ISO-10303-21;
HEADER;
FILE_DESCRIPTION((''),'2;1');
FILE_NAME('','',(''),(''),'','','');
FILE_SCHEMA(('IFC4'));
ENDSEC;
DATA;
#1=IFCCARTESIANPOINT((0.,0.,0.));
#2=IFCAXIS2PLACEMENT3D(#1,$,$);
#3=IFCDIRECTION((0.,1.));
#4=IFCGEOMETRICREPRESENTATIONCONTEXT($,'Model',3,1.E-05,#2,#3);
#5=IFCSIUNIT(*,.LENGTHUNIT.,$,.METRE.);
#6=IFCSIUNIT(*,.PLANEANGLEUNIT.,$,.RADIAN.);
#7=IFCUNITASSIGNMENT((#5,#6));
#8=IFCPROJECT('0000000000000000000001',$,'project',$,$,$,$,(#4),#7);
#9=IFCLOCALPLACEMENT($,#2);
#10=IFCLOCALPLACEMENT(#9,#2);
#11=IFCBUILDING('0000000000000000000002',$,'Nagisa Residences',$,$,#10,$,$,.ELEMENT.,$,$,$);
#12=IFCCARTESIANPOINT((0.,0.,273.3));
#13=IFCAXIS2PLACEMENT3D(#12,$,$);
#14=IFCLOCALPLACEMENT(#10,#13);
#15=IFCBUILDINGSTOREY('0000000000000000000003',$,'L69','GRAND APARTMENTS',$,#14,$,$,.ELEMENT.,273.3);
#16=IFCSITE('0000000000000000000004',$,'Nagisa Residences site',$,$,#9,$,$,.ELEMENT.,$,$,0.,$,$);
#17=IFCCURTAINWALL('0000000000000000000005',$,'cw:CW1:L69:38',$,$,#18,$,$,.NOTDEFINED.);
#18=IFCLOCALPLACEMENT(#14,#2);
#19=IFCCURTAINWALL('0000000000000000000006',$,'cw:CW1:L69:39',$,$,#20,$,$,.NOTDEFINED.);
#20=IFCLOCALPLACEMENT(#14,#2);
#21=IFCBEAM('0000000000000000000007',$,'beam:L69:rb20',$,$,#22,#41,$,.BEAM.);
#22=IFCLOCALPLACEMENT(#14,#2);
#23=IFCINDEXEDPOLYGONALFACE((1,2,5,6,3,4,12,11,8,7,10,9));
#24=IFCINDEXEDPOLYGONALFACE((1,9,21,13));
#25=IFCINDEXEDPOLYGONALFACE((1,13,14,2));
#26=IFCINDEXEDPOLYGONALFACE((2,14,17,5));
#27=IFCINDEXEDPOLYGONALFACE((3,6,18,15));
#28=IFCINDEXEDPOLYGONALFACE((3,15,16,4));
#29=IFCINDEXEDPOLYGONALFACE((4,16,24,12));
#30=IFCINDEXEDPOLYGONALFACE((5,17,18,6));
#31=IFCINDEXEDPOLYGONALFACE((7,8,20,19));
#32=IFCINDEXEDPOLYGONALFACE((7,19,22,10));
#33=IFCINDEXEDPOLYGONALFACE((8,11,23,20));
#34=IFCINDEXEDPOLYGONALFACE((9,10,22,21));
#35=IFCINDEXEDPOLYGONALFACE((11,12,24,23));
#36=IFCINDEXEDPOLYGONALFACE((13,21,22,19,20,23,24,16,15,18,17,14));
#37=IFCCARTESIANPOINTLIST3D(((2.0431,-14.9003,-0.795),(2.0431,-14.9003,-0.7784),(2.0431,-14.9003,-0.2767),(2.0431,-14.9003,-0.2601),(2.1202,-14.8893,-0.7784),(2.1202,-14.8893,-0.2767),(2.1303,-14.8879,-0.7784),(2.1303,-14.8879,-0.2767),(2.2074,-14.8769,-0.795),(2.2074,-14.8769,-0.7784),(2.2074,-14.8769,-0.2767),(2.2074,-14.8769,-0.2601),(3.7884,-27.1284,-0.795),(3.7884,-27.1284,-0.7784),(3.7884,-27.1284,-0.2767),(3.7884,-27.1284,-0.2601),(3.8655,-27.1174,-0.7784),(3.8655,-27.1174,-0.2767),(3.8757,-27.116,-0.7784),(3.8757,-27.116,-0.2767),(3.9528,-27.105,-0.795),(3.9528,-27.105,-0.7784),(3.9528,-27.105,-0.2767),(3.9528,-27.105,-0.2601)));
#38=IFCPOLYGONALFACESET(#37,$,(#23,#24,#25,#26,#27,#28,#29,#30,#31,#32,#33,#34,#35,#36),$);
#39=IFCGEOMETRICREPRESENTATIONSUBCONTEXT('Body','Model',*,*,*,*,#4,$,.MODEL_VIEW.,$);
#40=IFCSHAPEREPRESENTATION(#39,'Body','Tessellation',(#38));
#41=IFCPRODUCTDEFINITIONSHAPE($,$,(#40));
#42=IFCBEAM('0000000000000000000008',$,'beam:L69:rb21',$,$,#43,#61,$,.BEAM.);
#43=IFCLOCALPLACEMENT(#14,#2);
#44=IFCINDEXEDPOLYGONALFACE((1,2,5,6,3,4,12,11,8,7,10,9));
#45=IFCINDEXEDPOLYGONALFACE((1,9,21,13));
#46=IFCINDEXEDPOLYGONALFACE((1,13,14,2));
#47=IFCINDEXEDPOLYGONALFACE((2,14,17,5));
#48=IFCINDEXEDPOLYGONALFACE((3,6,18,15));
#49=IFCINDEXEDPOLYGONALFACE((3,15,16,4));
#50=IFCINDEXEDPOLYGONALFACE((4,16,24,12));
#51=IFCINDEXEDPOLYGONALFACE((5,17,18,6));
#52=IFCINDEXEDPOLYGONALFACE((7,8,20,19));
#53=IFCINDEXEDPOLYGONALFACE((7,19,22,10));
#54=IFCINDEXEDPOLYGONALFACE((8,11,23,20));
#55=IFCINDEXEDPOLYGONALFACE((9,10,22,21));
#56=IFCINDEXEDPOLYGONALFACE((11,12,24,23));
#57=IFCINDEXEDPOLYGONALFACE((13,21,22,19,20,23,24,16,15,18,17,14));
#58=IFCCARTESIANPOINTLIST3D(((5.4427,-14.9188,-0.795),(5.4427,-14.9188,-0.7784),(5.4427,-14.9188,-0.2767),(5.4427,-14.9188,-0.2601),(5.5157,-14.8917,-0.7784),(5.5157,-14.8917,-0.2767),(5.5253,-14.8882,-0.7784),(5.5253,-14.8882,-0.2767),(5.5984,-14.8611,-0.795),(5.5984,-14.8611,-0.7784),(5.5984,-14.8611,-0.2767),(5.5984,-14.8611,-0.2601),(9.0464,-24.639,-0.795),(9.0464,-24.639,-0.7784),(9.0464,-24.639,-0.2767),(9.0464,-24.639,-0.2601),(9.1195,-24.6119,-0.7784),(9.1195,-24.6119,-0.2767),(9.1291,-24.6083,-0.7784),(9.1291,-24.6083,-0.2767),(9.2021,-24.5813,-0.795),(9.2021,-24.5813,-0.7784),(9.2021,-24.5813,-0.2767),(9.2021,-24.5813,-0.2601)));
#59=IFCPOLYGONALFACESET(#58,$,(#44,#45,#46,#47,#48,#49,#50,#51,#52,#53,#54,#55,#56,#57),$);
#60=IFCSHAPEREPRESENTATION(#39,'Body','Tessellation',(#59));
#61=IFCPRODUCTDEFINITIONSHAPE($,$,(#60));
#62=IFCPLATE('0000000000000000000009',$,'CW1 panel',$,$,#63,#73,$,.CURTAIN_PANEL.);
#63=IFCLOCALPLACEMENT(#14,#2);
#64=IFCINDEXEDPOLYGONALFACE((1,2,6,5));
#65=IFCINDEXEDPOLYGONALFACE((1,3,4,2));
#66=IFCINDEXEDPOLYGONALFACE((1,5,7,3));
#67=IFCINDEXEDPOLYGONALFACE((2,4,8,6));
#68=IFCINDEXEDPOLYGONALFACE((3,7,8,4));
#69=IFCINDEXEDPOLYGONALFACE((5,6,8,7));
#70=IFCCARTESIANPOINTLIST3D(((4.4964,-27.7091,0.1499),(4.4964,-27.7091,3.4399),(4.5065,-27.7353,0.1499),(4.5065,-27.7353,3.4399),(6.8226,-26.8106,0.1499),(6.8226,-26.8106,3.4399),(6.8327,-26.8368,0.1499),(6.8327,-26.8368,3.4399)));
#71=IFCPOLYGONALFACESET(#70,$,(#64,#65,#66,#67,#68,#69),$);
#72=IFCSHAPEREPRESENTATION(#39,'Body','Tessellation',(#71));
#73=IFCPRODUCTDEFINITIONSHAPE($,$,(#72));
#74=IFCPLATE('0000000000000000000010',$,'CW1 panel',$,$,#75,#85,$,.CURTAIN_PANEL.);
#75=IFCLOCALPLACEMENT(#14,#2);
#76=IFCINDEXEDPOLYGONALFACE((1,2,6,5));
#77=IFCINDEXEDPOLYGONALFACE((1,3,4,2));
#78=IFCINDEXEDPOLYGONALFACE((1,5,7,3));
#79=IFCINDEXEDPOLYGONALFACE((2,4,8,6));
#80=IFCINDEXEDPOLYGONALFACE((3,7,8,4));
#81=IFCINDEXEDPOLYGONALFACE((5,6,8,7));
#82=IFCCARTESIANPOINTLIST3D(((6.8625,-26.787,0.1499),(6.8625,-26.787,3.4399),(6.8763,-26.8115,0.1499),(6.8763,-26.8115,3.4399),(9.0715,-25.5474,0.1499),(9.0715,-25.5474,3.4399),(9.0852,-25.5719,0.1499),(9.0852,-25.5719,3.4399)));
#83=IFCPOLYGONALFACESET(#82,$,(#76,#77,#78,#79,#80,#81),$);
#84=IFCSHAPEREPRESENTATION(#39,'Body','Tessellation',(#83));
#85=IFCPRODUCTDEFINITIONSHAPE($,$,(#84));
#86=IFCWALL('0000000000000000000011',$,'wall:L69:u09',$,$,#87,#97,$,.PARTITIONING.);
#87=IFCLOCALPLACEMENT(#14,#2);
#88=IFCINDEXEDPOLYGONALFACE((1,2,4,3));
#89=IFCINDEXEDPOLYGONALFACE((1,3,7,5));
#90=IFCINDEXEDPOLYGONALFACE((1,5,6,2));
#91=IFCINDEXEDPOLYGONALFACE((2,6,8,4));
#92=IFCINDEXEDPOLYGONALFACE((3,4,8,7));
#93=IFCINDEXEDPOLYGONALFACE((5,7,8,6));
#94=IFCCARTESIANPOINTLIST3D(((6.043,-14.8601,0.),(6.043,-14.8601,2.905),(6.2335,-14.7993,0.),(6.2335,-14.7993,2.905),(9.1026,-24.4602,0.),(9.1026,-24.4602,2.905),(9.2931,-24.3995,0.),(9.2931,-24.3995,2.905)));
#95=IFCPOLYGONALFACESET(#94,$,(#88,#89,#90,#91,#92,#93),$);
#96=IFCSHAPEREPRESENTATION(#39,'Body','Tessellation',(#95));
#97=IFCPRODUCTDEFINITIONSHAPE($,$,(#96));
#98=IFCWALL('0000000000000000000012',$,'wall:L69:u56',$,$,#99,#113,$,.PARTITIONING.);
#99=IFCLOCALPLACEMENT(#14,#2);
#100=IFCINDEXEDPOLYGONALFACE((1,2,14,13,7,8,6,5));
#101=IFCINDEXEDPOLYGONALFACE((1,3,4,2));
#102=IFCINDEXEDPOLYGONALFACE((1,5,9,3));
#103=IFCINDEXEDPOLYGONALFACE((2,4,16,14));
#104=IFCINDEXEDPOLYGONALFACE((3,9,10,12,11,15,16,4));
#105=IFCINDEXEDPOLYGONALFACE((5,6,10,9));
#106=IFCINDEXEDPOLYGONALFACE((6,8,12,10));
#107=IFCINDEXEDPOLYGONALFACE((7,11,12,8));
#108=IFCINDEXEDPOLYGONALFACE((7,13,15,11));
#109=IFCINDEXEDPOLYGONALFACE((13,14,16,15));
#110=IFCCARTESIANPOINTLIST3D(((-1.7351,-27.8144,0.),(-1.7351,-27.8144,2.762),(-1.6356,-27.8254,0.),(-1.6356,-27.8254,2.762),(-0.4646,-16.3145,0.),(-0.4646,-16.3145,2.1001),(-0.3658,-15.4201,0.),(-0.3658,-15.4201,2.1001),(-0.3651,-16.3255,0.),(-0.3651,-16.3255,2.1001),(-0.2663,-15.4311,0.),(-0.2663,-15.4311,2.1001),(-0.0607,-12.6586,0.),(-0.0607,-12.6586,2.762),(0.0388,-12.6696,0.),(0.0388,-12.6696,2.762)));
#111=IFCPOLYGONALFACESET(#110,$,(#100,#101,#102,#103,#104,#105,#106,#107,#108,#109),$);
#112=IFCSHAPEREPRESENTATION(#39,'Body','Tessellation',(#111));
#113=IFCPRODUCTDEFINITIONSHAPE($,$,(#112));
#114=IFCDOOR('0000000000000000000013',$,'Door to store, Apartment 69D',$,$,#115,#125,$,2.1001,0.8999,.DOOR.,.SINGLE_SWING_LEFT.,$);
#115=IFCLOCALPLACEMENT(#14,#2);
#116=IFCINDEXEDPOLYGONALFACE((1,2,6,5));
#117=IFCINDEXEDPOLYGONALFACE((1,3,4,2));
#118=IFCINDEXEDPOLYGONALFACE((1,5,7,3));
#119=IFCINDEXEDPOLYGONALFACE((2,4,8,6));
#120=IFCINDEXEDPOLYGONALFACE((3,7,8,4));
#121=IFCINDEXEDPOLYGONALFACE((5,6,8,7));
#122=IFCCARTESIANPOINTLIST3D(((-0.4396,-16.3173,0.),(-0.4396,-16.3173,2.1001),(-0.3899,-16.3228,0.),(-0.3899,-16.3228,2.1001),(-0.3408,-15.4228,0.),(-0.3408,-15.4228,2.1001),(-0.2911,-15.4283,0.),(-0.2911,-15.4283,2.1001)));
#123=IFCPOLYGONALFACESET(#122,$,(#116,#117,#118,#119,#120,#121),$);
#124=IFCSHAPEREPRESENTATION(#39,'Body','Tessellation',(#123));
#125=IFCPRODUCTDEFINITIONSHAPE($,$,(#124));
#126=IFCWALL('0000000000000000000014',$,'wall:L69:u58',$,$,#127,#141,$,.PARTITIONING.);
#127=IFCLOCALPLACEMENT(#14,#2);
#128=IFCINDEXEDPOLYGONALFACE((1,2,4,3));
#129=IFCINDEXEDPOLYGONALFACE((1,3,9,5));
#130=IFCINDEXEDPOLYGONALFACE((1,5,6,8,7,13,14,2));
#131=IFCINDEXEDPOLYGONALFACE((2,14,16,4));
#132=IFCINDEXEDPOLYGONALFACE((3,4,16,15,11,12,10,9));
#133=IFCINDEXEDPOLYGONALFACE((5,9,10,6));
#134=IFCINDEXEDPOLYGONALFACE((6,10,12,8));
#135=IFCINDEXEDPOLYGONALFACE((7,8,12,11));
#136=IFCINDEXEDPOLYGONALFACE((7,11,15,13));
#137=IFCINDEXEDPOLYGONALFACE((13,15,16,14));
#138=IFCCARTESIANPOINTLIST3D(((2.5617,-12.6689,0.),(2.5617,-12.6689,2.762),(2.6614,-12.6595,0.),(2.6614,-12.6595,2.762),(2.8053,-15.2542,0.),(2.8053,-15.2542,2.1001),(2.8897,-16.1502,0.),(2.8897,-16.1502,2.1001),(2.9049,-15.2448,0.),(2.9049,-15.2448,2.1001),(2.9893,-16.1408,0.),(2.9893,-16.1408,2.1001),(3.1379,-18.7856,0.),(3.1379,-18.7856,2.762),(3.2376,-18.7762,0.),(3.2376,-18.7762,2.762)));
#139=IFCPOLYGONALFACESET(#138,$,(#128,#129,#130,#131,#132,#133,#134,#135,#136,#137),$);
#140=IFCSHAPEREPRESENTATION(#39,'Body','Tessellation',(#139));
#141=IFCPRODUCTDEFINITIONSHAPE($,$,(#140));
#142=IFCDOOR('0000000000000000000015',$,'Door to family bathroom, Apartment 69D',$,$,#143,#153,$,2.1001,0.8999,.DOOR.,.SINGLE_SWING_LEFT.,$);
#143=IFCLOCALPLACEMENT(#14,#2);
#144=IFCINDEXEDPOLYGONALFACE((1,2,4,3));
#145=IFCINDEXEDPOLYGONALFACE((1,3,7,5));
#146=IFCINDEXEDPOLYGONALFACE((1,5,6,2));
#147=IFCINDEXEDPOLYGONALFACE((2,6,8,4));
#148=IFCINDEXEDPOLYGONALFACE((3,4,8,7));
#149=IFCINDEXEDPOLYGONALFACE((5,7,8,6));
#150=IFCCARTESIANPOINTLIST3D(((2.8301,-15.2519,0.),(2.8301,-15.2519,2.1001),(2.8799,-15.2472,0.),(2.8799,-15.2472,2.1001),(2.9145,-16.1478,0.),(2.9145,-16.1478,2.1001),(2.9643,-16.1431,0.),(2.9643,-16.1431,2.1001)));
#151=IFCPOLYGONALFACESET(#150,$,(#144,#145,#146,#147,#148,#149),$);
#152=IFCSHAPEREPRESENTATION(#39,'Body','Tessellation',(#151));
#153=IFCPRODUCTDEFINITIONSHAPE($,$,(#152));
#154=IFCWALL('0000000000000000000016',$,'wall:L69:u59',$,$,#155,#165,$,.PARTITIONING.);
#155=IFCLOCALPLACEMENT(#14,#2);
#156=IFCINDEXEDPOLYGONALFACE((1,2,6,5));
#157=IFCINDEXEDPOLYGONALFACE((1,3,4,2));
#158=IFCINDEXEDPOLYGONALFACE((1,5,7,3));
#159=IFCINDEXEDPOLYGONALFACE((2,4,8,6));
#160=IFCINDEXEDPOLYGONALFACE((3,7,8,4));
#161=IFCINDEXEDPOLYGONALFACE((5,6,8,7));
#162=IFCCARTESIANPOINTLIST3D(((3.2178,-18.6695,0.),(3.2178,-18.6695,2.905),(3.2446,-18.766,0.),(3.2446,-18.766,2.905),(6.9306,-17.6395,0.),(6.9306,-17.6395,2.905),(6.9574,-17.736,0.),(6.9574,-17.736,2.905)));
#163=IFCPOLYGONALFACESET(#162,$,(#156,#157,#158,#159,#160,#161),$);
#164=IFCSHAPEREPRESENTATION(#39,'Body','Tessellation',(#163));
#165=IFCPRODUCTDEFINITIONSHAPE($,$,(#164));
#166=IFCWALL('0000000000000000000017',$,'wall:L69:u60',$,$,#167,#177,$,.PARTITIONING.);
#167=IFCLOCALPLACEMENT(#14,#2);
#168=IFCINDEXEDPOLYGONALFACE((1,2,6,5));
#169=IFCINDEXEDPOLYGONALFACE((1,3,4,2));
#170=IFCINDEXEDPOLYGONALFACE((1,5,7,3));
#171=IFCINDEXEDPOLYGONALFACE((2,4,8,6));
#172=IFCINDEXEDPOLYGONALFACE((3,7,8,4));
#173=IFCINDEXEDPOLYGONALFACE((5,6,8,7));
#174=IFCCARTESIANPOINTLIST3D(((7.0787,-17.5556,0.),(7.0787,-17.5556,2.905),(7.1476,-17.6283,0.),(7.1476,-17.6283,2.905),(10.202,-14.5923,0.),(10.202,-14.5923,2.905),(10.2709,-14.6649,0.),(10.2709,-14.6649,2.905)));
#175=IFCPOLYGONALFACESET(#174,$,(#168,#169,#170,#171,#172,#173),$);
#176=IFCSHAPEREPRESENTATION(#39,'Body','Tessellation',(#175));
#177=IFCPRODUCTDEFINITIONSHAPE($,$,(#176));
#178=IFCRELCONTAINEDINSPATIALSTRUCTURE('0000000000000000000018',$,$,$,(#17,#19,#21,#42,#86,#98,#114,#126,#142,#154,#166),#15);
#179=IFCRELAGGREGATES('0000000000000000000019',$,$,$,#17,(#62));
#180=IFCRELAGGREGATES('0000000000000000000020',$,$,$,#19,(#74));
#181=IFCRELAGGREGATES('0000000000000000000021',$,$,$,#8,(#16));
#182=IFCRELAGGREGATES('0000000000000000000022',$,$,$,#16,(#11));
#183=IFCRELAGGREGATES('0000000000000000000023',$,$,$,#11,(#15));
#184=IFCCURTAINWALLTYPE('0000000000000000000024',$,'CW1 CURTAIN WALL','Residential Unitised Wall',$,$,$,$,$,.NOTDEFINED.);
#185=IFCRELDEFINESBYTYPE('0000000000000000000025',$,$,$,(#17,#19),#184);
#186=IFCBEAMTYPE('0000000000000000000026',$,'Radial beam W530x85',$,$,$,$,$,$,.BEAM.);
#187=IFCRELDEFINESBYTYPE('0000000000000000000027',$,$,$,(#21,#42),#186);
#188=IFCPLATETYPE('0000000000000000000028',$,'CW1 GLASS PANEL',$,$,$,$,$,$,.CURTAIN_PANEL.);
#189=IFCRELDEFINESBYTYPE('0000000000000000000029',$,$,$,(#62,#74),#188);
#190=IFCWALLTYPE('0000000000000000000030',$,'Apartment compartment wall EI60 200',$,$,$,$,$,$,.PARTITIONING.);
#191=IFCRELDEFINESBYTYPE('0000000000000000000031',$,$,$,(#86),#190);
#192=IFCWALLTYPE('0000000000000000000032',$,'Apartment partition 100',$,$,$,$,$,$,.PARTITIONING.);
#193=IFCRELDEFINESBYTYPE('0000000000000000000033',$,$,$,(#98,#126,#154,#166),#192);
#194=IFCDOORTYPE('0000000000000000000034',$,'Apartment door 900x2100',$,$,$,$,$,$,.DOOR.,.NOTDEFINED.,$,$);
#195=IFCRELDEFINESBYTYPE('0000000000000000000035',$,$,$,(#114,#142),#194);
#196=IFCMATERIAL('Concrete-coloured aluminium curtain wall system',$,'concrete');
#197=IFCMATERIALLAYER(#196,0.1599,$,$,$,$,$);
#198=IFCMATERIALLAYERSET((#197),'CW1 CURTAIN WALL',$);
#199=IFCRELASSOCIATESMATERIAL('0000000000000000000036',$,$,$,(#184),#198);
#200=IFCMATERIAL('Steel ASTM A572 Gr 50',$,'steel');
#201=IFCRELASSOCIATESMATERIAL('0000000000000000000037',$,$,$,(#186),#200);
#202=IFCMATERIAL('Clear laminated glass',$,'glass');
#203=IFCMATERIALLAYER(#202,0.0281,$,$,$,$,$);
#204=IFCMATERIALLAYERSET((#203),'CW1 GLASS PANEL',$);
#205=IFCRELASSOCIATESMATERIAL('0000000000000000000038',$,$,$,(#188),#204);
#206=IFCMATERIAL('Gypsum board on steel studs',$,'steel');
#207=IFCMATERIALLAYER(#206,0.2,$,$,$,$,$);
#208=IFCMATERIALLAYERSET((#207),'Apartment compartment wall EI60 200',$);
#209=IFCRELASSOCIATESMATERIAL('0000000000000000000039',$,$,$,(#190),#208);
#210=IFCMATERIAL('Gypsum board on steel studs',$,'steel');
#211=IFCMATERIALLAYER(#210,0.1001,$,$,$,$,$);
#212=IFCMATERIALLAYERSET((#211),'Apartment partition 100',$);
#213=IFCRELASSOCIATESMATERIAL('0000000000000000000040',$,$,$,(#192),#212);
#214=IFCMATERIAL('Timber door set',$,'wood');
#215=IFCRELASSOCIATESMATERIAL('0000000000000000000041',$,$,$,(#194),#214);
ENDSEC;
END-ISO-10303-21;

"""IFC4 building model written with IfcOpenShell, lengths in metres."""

from ifc_helpers import new_model, si_unit, direction, frame, frame_2d, origin, origin_2d, place, context, subcontext, project, spatial, rectangle, i_section, extrude, material, layer, layer_set, material_profile, profile_set, type_object, element, fill, aggregate, save


model = new_model("IFC4")

# Units and contexts
model_context = context("Model", 3, precision=1e-05, world=origin(), true_north=direction((0.0, 1.0)))
body_context = subcontext(model_context, "Body", "Model", "MODEL_VIEW")
ifc_project = project(units=[si_unit("LENGTHUNIT", "METRE"), si_unit("PLANEANGLEUNIT", "RADIAN")], contexts=[model_context])

# Site, building, storey
site_placement = place(None, origin())
site = spatial("IfcSite", under=ifc_project, at=site_placement, Name="Nagisa Residences site", CompositionType="ELEMENT", RefElevation=0.0)
building_placement = place(site_placement, origin())
building = spatial("IfcBuilding", under=site, at=building_placement, Name="Nagisa Residences", CompositionType="ELEMENT")
storey_placement = place(building_placement, frame((0.0, 0.0, 273.3)))
storey = spatial("IfcBuildingStorey", under=building, at=storey_placement, Name="L69", Description="GRAND APARTMENTS", CompositionType="ELEMENT", Elevation=273.3)

# Curtain walls
ifc_material_1 = material(Name="Concrete-coloured aluminium curtain wall system", Category="concrete")
ifc_layer_1 = layer(ifc_material_1, 0.1599)
ifc_layer_set_1 = layer_set([ifc_layer_1], Name="CW1 CURTAIN WALL")
curtain_wall_type = type_object("IfcCurtainWallType", Name="CW1 CURTAIN WALL", Description="Residential Unitised Wall", PredefinedType="NOTDEFINED", material=ifc_layer_set_1)
curtain_wall_1_placement = place(storey_placement, origin())
curtain_wall_1 = element("IfcCurtainWall", 1, at=curtain_wall_1_placement, inside=storey, type_object=curtain_wall_type, Name="cw:CW1:L69:38", PredefinedType="NOTDEFINED")
curtain_wall_2_placement = place(storey_placement, origin())
curtain_wall_2 = element("IfcCurtainWall", 2, at=curtain_wall_2_placement, inside=storey, type_object=curtain_wall_type, Name="cw:CW1:L69:39", PredefinedType="NOTDEFINED")

# Beams
ifc_material_2 = material(Name="Steel ASTM A572 Gr 50", Category="steel")
ifc_material_profile_1 = material_profile(ifc_material_2, i_section(OverallWidth=0.166, OverallDepth=0.5349, WebThickness=0.0103, FlangeThickness=0.0166, at=origin_2d()), Name="W530x85")
ifc_profile_set_1 = profile_set([ifc_material_profile_1], Name="Steel ASTM A572 Gr 50")
beam_type_1 = type_object("IfcBeamType", Name="Radial beam W530x85", PredefinedType="BEAM", material=ifc_profile_set_1)
beam_1_placement = place(storey_placement, frame((3.8706, -27.1167, -0.5276), z_axis=(-0.141302, 0.989966, 0.0), x_axis=(-0.989966, -0.141302, 0.0)))
element("IfcBeam", 3, at=beam_1_placement, inside=storey, type_object=beam_type_1, Name="beam:L69:rb20", PredefinedType="BEAM", context=body_context, shape_type="SweptSolid", body=[
    extrude(i_section(OverallWidth=0.166, OverallDepth=0.5349, WebThickness=0.0103, FlangeThickness=0.0166, at=origin_2d()), origin(), (0.0, 0.0, 1.0), 12.3521),
])
beam_2_placement = place(storey_placement, frame((9.1243, -24.6101, -0.5276), z_axis=(-0.347627, 0.937633, 0.0), x_axis=(-0.937633, -0.347627, 0.0)))
element("IfcBeam", 4, at=beam_2_placement, inside=storey, type_object=beam_type_1, Name="beam:L69:rb21", PredefinedType="BEAM", context=body_context, shape_type="SweptSolid", body=[
    extrude(i_section(OverallWidth=0.166, OverallDepth=0.5349, WebThickness=0.0103, FlangeThickness=0.0166, at=origin_2d()), origin(), (0.0, 0.0, 1.0), 10.3667),
])

# Plates
ifc_material_3 = material(Name="Clear laminated glass", Category="glass")
ifc_layer_2 = layer(ifc_material_3, 0.0281)
ifc_layer_set_2 = layer_set([ifc_layer_2], Name="CW1 GLASS PANEL")
plate_type = type_object("IfcPlateType", Name="CW1 GLASS PANEL", PredefinedType="CURTAIN_PANEL", material=ifc_layer_set_2)
plate_1_placement = place(storey_placement, frame((5.6646, -27.2729, 0.1499), z_axis=(0.0, 0.0, 1.0), x_axis=(0.932826, 0.360328, 0.0)))
plate_1 = element("IfcPlate", 5, at=plate_1_placement, type_object=plate_type, Name="CW1 panel", PredefinedType="CURTAIN_PANEL", context=body_context, shape_type="SweptSolid", body=[
    extrude(rectangle(XDim=2.4937, YDim=0.0281, at=origin_2d()), origin(), (0.0, 0.0, 1.0), 3.29),
])
aggregate(curtain_wall_1, [plate_1])
plate_2_placement = place(storey_placement, frame((7.9739, -26.1794, 0.1499), z_axis=(0.0, 0.0, 1.0), x_axis=(0.872072, 0.489377, 0.0)))
plate_2 = element("IfcPlate", 6, at=plate_2_placement, type_object=plate_type, Name="CW1 panel", PredefinedType="CURTAIN_PANEL", context=body_context, shape_type="SweptSolid", body=[
    extrude(rectangle(XDim=2.533, YDim=0.0281, at=origin_2d()), origin(), (0.0, 0.0, 1.0), 3.29),
])
aggregate(curtain_wall_2, [plate_2])

# Wall
ifc_material_4 = material(Name="Gypsum board on steel studs", Category="steel")
ifc_layer_3 = layer(ifc_material_4, 0.2)
ifc_layer_set_3 = layer_set([ifc_layer_3], Name="Apartment compartment wall EI60 200")
wall_type_1 = type_object("IfcWallType", Name="Apartment compartment wall EI60 200", PredefinedType="PARTITIONING", material=ifc_layer_set_3)
wall_1_placement = place(storey_placement, frame((6.1382, -14.8296, 0.0), z_axis=(0.0, 0.0, 1.0), x_axis=(0.303654, -0.952782, 0.0)))
element("IfcWall", 7, at=wall_1_placement, inside=storey, type_object=wall_type_1, Name="wall:L69:u09", PredefinedType="PARTITIONING", context=body_context, shape_type="SweptSolid", body=[
    extrude(rectangle(XDim=10.0759, YDim=0.2, at=frame_2d((5.0381, 0.0))), origin(), (0.0, 0.0, 1.0), 2.905),
])

# Walls, openings, doors
ifc_material_5 = material(Name="Gypsum board on steel studs", Category="steel")
ifc_layer_4 = layer(ifc_material_5, 0.1001)
ifc_layer_set_4 = layer_set([ifc_layer_4], Name="Apartment partition 100")
wall_type_2 = type_object("IfcWallType", Name="Apartment partition 100", PredefinedType="PARTITIONING", material=ifc_layer_set_4)
wall_2_placement = place(storey_placement, frame((-0.011, -12.6641, 0.0), z_axis=(0.0, 0.0, 1.0), x_axis=(-0.109806, -0.993953, 0.0)))
wall_2 = element("IfcWall", 8, at=wall_2_placement, inside=storey, type_object=wall_type_2, Name="wall:L69:u56", PredefinedType="PARTITIONING", context=body_context, shape_type="SweptSolid", body=[
    extrude(rectangle(XDim=15.248, YDim=0.1001, at=frame_2d((7.624, 0.0))), origin(), (0.0, 0.0, 1.0), 2.762),
])
opening_1_placement = place(wall_2_placement, frame((2.7783, 0.0, 0.0)))
opening_1 = element("IfcOpeningElement", 9, at=opening_1_placement, cuts=wall_2, PredefinedType="OPENING", context=body_context, shape_type="SweptSolid", body=[
    extrude(rectangle(XDim=0.8999, YDim=2.1001, at=frame_2d((0.45, 1.05))), frame((0.0, 0.0601, 0.0), z_axis=(0.0, -1.0, 0.0), x_axis=(1.0, 0.0, 0.0)), (0.0, 0.0, 1.0), 0.1201),
])
ifc_material_6 = material(Name="Timber door set", Category="wood")
door_type_1 = type_object("IfcDoorType", Name="Apartment door 900x2100", OperationType="NOTDEFINED", PredefinedType="DOOR", material=ifc_material_6)
door_1_placement = place(opening_1_placement, frame((0.8999, 0.0, 0.0), x_axis=(-1.0, 0.0, 0.0)))
door_1 = element("IfcDoor", 10, at=door_1_placement, inside=storey, type_object=door_type_1, Name="Door to store, Apartment 69D", OperationType="SINGLE_SWING_LEFT", OverallHeight=2.1001, OverallWidth=0.8999, PredefinedType="DOOR", context=body_context, shape_type="SweptSolid", body=[
    extrude(rectangle(XDim=0.8999, YDim=2.1001, at=frame_2d((0.45, 1.05))), frame((0.0, 0.0249, 0.0), z_axis=(0.0, -1.0, 0.0), x_axis=(1.0, 0.0, 0.0)), (0.0, 0.0, 1.0), 0.05),
])
fill(opening_1, door_1)
wall_3_placement = place(storey_placement, frame((2.6116, -12.6643, 0.0), z_axis=(0.0, 0.0, 1.0), x_axis=(0.093781, -0.995593, 0.0)))
wall_3 = element("IfcWall", 11, at=wall_3_placement, inside=storey, type_object=wall_type_2, Name="wall:L69:u58", PredefinedType="PARTITIONING", context=body_context, shape_type="SweptSolid", body=[
    extrude(rectangle(XDim=6.1438, YDim=0.1001, at=frame_2d((3.0718, 0.0))), origin(), (0.0, 0.0, 1.0), 2.762),
])
opening_2_placement = place(wall_3_placement, frame((2.5967, 0.0, 0.0)))
opening_2 = element("IfcOpeningElement", 12, at=opening_2_placement, cuts=wall_3, PredefinedType="OPENING", context=body_context, shape_type="SweptSolid", body=[
    extrude(rectangle(XDim=0.8999, YDim=2.1001, at=frame_2d((0.45, 1.05))), frame((0.0, 0.0601, 0.0), z_axis=(0.0, -1.0, 0.0), x_axis=(1.0, 0.0, 0.0)), (0.0, 0.0, 1.0), 0.1201),
])
door_2_placement = place(opening_2_placement, origin())
door_2 = element("IfcDoor", 13, at=door_2_placement, inside=storey, type_object=door_type_1, Name="Door to family bathroom, Apartment 69D", OperationType="SINGLE_SWING_LEFT", OverallHeight=2.1001, OverallWidth=0.8999, PredefinedType="DOOR", context=body_context, shape_type="SweptSolid", body=[
    extrude(rectangle(XDim=0.8999, YDim=2.1001, at=frame_2d((0.45, 1.05))), frame((0.0, 0.0249, 0.0), z_axis=(0.0, -1.0, 0.0), x_axis=(1.0, 0.0, 0.0)), (0.0, 0.0, 1.0), 0.05),
])
fill(opening_2, door_2)

# Walls
wall_4_placement = place(storey_placement, frame((3.2312, -18.7178, 0.0), z_axis=(0.0, 0.0, 1.0), x_axis=(0.963607, 0.267324, 0.0)))
element("IfcWall", 14, at=wall_4_placement, inside=storey, type_object=wall_type_2, Name="wall:L69:u59", PredefinedType="PARTITIONING", context=body_context, shape_type="SweptSolid", body=[
    extrude(rectangle(XDim=3.853, YDim=0.1001, at=frame_2d((1.9265, 0.0))), origin(), (0.0, 0.0, 1.0), 2.905),
])
wall_5_placement = place(storey_placement, frame((7.113, -17.592, 0.0), z_axis=(0.0, 0.0, 1.0), x_axis=(0.725434, 0.688292, 0.0)))
element("IfcWall", 15, at=wall_5_placement, inside=storey, type_object=wall_type_2, Name="wall:L69:u60", PredefinedType="PARTITIONING", context=body_context, shape_type="SweptSolid", body=[
    extrude(rectangle(XDim=4.3054, YDim=0.1001, at=frame_2d((2.1528, 0.0))), origin(), (0.0, 0.0, 1.0), 2.905),
])

save(model, "model.ifc")
